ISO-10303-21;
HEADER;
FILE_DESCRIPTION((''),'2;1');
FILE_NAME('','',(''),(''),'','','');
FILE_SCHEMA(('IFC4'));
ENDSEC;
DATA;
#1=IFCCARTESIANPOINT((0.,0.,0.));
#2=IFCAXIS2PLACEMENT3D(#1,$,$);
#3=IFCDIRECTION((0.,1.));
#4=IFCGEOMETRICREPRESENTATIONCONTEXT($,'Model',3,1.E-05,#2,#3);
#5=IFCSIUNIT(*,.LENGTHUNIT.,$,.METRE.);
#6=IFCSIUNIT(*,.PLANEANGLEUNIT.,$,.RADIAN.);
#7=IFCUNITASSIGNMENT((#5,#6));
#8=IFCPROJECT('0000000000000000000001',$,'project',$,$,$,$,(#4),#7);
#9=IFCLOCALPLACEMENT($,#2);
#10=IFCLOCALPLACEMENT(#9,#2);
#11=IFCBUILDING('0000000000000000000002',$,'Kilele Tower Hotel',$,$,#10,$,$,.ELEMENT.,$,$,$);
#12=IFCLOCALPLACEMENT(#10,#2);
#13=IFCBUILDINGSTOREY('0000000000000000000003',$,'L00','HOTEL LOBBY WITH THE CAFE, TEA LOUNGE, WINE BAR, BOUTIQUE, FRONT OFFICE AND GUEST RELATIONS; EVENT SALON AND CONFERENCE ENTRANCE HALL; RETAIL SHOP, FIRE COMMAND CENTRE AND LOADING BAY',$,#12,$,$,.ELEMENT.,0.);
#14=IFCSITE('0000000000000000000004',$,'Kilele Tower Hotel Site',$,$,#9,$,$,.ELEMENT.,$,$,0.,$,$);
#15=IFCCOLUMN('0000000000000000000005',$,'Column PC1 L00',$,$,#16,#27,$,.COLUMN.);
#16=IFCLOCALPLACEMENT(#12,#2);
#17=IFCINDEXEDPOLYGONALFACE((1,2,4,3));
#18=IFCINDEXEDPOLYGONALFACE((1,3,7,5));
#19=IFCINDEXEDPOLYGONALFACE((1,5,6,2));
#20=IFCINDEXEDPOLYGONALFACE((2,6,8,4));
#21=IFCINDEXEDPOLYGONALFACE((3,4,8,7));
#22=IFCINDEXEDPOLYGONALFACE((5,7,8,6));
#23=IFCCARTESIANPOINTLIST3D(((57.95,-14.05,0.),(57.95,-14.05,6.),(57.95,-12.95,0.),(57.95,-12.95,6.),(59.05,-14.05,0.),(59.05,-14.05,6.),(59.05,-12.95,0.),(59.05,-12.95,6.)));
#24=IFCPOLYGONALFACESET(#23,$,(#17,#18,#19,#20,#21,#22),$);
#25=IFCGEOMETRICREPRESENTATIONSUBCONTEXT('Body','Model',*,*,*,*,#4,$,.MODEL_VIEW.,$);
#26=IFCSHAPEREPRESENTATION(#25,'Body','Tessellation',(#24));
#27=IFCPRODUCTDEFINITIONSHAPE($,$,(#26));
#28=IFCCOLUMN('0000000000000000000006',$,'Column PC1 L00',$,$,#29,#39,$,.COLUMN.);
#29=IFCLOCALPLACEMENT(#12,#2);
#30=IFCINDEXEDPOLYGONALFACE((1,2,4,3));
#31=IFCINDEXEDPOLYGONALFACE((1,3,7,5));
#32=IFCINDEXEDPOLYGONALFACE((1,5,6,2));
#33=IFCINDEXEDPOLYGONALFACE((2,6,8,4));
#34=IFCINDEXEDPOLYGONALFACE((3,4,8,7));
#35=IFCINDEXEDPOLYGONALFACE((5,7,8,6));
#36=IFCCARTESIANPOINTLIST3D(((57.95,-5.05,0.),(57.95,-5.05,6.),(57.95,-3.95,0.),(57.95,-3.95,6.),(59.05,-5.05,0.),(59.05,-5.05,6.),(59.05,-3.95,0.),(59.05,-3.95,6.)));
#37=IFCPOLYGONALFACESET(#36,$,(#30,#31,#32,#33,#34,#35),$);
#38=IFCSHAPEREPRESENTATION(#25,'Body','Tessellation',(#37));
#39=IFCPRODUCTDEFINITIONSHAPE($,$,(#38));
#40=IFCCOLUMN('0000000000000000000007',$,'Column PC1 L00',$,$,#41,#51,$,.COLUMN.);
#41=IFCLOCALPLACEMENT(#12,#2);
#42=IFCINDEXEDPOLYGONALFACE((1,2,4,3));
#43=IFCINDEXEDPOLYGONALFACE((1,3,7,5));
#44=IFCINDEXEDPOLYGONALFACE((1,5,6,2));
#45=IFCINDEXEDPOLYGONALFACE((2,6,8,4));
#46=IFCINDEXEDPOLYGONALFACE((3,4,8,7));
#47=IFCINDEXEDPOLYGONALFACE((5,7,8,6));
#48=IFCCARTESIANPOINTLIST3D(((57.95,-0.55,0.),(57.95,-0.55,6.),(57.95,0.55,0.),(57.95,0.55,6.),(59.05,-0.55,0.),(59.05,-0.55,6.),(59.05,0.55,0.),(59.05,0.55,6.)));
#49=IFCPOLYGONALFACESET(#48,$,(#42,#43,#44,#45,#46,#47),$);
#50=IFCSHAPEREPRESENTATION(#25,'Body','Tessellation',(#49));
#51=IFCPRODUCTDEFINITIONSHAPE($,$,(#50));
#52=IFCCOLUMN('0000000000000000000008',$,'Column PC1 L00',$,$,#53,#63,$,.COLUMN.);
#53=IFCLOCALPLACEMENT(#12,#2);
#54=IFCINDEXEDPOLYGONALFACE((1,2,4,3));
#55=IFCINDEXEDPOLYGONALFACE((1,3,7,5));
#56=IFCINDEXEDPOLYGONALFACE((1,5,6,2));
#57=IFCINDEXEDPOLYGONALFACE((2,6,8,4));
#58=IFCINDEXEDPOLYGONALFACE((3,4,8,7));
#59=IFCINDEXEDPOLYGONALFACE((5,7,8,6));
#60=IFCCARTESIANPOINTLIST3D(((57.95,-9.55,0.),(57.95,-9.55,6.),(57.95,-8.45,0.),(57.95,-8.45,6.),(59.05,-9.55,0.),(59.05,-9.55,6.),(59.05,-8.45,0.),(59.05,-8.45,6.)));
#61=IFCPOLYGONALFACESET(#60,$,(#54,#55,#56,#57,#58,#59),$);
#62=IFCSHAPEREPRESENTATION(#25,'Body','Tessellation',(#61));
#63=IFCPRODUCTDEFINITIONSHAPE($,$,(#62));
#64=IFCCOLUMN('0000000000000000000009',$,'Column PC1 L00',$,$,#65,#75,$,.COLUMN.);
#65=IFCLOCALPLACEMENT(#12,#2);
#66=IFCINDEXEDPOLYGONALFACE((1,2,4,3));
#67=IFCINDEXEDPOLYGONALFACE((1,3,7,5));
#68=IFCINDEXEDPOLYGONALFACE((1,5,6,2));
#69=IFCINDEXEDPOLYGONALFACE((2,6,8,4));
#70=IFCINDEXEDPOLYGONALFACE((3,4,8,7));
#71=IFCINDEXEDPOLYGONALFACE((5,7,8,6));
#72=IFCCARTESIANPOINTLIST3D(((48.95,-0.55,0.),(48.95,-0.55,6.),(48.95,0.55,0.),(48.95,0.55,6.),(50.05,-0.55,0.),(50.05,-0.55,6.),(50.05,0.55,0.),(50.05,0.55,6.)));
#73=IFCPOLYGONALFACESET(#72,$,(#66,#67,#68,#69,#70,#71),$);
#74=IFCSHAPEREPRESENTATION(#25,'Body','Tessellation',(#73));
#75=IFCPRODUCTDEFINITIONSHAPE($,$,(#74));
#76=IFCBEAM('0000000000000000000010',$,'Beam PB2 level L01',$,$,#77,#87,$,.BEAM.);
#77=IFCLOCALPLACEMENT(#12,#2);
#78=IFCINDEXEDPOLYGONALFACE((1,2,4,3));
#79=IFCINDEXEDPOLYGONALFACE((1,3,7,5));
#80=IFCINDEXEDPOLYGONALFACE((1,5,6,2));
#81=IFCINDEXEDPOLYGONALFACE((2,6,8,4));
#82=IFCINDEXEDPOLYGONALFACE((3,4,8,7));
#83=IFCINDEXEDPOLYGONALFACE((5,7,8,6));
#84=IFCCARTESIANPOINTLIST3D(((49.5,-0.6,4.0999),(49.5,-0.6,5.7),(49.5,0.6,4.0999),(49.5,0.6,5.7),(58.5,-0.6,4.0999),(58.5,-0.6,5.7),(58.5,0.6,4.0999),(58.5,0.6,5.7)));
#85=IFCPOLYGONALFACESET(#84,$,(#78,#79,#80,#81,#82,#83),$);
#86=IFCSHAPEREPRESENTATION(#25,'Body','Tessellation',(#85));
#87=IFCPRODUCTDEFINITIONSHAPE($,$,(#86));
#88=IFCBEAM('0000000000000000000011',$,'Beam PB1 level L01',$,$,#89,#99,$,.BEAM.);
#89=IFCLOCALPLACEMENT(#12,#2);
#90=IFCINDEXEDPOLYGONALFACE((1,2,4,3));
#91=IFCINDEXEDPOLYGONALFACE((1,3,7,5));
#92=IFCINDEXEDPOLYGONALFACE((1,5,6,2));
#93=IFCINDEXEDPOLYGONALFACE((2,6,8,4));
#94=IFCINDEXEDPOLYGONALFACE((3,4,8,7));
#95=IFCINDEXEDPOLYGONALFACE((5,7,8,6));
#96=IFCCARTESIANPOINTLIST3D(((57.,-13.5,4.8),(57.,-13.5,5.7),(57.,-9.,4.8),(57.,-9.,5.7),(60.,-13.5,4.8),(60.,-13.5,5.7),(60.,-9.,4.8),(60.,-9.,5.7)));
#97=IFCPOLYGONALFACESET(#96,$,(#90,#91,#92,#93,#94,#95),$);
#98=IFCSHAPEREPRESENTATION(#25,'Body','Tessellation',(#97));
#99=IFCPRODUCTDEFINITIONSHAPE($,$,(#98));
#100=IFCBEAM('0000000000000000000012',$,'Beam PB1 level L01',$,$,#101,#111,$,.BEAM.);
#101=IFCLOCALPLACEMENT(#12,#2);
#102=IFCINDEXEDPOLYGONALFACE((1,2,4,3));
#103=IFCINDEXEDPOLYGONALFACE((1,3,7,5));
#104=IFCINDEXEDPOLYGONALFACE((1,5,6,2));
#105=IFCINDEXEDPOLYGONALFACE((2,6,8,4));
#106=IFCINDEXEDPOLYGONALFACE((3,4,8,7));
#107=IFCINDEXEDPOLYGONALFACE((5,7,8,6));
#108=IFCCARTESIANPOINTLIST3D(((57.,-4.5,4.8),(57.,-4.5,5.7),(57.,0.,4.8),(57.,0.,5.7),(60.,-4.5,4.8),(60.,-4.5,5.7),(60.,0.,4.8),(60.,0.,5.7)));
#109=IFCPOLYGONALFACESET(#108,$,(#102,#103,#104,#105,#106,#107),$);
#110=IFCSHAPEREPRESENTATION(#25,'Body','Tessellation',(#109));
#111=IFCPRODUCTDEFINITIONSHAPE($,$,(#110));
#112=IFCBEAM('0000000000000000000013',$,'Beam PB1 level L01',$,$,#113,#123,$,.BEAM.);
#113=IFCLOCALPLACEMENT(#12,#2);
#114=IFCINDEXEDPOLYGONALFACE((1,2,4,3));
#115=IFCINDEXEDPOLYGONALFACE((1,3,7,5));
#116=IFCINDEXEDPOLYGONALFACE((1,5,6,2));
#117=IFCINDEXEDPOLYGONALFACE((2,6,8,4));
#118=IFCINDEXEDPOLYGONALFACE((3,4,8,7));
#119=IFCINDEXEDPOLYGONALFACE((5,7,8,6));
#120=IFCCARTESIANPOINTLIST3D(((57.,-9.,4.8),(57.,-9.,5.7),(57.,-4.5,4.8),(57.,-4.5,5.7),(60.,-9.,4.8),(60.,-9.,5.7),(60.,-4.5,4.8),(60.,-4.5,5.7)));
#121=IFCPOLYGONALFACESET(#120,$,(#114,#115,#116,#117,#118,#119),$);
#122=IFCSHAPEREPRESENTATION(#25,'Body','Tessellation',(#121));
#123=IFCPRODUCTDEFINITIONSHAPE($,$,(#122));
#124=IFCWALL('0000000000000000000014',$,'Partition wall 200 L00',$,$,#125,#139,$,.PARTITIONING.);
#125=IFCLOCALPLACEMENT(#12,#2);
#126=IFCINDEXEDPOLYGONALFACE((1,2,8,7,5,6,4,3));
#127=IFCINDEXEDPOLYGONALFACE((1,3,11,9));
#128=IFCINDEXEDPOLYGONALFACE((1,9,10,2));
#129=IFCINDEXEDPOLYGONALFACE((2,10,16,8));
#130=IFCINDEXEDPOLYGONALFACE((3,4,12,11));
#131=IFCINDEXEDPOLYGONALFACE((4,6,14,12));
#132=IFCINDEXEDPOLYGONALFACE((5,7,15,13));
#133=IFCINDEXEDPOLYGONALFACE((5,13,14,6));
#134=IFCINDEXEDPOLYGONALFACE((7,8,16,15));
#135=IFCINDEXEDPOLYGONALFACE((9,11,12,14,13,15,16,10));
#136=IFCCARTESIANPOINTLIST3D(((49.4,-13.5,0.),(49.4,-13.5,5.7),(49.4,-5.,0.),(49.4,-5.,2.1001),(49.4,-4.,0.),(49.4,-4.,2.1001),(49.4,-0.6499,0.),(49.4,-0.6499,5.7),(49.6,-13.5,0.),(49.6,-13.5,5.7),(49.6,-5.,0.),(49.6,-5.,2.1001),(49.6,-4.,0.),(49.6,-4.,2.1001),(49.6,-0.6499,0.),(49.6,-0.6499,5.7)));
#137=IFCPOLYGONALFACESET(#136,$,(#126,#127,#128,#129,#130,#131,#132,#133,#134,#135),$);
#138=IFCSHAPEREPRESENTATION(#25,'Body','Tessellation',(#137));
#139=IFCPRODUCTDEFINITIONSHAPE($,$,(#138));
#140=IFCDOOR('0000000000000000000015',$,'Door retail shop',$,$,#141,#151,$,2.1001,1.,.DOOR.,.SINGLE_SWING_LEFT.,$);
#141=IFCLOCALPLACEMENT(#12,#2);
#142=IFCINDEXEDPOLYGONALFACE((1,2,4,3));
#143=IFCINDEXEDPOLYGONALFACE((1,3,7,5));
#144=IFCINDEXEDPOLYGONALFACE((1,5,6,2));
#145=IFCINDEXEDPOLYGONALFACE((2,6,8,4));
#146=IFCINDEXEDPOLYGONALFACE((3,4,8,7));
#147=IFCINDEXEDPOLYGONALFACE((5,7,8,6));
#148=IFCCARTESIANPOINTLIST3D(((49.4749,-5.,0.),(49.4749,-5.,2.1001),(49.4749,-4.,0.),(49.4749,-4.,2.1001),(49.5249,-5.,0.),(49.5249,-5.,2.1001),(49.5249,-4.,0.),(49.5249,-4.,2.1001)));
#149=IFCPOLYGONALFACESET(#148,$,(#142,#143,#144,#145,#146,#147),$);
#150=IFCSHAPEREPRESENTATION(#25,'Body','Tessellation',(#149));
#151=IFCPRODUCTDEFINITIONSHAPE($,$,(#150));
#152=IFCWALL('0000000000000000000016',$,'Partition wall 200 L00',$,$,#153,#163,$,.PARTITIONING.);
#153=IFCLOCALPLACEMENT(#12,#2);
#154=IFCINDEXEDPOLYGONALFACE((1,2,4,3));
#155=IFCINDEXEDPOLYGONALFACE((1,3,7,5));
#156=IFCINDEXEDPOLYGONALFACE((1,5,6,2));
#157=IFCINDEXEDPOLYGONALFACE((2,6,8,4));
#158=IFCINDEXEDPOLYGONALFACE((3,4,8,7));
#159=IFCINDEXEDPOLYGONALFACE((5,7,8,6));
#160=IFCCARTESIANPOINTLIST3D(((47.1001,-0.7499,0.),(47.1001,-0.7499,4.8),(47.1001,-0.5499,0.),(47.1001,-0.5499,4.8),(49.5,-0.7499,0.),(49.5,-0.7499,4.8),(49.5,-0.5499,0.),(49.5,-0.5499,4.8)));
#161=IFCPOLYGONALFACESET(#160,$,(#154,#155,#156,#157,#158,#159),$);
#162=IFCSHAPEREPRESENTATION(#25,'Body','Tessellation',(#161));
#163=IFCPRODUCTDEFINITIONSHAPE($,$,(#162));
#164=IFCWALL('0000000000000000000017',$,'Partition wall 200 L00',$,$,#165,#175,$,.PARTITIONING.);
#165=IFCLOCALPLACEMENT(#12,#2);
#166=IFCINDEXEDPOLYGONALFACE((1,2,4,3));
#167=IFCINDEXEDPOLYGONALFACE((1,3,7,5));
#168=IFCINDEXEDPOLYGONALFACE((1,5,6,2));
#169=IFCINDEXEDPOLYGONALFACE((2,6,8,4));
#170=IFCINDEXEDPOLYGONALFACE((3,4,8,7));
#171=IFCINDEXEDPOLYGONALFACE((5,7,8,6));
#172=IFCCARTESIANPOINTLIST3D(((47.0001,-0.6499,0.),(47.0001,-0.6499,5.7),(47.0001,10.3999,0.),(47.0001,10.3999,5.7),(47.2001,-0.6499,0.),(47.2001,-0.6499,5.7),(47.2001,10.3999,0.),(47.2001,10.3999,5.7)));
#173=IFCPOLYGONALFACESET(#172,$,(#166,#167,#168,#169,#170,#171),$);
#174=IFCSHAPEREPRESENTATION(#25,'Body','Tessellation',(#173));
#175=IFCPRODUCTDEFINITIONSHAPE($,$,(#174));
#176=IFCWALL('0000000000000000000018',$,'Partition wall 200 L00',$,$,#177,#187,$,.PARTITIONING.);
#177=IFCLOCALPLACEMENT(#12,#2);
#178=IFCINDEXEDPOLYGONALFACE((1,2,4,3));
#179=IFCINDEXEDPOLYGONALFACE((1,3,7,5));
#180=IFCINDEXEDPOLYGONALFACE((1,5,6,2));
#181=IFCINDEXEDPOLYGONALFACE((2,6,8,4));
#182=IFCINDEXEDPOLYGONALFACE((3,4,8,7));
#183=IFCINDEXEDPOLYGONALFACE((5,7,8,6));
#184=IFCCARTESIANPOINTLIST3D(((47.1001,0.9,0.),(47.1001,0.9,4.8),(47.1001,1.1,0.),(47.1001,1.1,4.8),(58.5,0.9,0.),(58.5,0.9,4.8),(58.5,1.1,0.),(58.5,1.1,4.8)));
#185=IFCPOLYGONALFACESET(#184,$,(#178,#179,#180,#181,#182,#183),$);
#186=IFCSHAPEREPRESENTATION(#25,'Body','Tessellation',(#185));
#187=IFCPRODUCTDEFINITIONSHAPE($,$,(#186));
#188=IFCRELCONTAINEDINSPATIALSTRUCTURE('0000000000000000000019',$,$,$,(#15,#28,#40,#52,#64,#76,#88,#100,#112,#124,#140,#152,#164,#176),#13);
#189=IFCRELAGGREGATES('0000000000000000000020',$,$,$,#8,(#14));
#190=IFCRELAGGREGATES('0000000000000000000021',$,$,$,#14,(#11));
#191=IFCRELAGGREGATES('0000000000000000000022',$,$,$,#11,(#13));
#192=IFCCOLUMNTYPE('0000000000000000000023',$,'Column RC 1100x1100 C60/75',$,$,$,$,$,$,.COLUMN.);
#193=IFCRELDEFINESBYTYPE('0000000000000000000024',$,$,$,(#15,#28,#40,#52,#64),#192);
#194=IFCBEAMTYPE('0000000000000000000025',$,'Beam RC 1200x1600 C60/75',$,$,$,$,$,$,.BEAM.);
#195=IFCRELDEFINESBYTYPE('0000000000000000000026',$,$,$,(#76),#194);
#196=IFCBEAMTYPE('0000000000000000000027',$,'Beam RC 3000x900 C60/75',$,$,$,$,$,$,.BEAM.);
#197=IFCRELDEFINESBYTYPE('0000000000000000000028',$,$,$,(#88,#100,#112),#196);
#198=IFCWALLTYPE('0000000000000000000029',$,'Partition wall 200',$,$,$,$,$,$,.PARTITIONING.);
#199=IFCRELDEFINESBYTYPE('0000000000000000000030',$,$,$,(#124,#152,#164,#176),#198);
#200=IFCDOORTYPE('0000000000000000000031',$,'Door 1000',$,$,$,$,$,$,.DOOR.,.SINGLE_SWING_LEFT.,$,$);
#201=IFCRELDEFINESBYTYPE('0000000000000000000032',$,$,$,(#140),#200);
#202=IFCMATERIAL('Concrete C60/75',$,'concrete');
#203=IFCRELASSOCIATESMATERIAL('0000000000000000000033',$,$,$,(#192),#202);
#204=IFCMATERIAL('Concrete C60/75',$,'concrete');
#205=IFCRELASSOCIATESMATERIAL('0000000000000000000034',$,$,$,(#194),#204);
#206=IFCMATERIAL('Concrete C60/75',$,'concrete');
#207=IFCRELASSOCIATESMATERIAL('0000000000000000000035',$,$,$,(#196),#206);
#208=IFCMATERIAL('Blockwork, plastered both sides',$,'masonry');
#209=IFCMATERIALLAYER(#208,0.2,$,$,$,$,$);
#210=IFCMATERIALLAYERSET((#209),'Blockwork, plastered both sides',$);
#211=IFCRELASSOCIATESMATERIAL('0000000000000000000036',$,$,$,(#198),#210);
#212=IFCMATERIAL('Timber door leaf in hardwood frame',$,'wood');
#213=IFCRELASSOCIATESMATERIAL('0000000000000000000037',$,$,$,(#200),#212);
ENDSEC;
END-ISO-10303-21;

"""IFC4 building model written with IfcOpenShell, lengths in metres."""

from ifc_helpers import new_model, si_unit, direction, frame, frame_2d, origin, origin_2d, place, context, subcontext, project, spatial, rectangle, extrude, material, layer, layer_set, material_profile, profile_set, type_object, element, fill, save


model = new_model("IFC4")

# Units and contexts
model_context = context("Model", 3, precision=1e-05, world=origin(), true_north=direction((0.0, 1.0)))
body_context = subcontext(model_context, "Body", "Model", "MODEL_VIEW")
ifc_project = project(units=[si_unit("LENGTHUNIT", "METRE"), si_unit("PLANEANGLEUNIT", "RADIAN")], contexts=[model_context])

# Site, building, storey
site_placement = place(None, origin())
site = spatial("IfcSite", under=ifc_project, at=site_placement, Name="Kilele Tower Hotel Site", CompositionType="ELEMENT", RefElevation=0.0)
building_placement = place(site_placement, origin())
building = spatial("IfcBuilding", under=site, at=building_placement, Name="Kilele Tower Hotel", CompositionType="ELEMENT")
storey_placement = place(building_placement, origin())
storey = spatial("IfcBuildingStorey", under=building, at=storey_placement, Name="L00", Description="HOTEL LOBBY WITH THE CAFE, TEA LOUNGE, WINE BAR, BOUTIQUE, FRONT OFFICE AND GUEST RELATIONS; EVENT SALON AND CONFERENCE ENTRANCE HALL; RETAIL SHOP, FIRE COMMAND CENTRE AND LOADING BAY", CompositionType="ELEMENT", Elevation=0.0)

# Columns
ifc_material_1 = material(Name="Concrete C60/75", Category="concrete")
ifc_material_profile_1 = material_profile(ifc_material_1, rectangle(XDim=1.1001, YDim=1.1001, at=origin_2d()))
ifc_profile_set_1 = profile_set([ifc_material_profile_1], Name="Concrete C60/75")
column_type = type_object("IfcColumnType", Name="Column RC 1100x1100 C60/75", PredefinedType="COLUMN", material=ifc_profile_set_1)
for number, where, z_axis, x_axis, name in (
    (1, (58.5, -13.5, 0.0), (0.0, 0.0, 1.0), (1.0, 0.0, 0.0), "Column PC1 L00"),
    (2, (58.5, -4.5, 0.0), (0.0, 0.0, 1.0), (1.0, 0.0, 0.0), "Column PC1 L00"),
    (3, (58.5, 0.0, 0.0), (0.0, 0.0, 1.0), (1.0, 0.0, 0.0), "Column PC1 L00"),
    (4, (58.5, -9.0, 0.0), (0.0, 0.0, 1.0), (1.0, 0.0, 0.0), "Column PC1 L00"),
    (5, (49.5, 0.0, 0.0), (0.0, 0.0, 1.0), (1.0, 0.0, 0.0), "Column PC1 L00"),
):
    element("IfcColumn", number, at=place(storey_placement, frame(where, z_axis=z_axis, x_axis=x_axis)), inside=storey, type_object=column_type, Name=name, PredefinedType="COLUMN", context=body_context, shape_type="SweptSolid", body=[
        extrude(rectangle(XDim=1.1001, YDim=1.1001, at=origin_2d()), origin(), (0.0, 0.0, 1.0), 6.0),
    ])

# Beams
ifc_material_2 = material(Name="Concrete C60/75", Category="concrete")
ifc_material_profile_2 = material_profile(ifc_material_2, rectangle(XDim=1.2, YDim=1.6001, at=origin_2d()))
ifc_profile_set_2 = profile_set([ifc_material_profile_2], Name="Concrete C60/75")
beam_type_1 = type_object("IfcBeamType", Name="Beam RC 1200x1600 C60/75", PredefinedType="BEAM", material=ifc_profile_set_2)
beam_placement = place(storey_placement, frame((49.5, 0.0, 4.8999), z_axis=(1.0, 0.0, 0.0), x_axis=(0.0, 1.0, 0.0)))
element("IfcBeam", 6, at=beam_placement, inside=storey, type_object=beam_type_1, Name="Beam PB2 level L01", PredefinedType="BEAM", context=body_context, shape_type="SweptSolid", body=[
    extrude(rectangle(XDim=1.2, YDim=1.6001, at=origin_2d()), origin(), (0.0, 0.0, 1.0), 9.0),
])
ifc_material_3 = material(Name="Concrete C60/75", Category="concrete")
ifc_material_profile_3 = material_profile(ifc_material_3, rectangle(XDim=3.0, YDim=0.8999, at=origin_2d()))
ifc_profile_set_3 = profile_set([ifc_material_profile_3], Name="Concrete C60/75")
beam_type_2 = type_object("IfcBeamType", Name="Beam RC 3000x900 C60/75", PredefinedType="BEAM", material=ifc_profile_set_3)
for number, where, z_axis, x_axis, name in (
    (7, (58.5, -13.5, 5.25), (0.0, 1.0, 0.0), (-1.0, 0.0, 0.0), "Beam PB1 level L01"),
    (8, (58.5, -4.5, 5.25), (0.0, 1.0, 0.0), (-1.0, 0.0, 0.0), "Beam PB1 level L01"),
    (9, (58.5, -9.0, 5.25), (0.0, 1.0, 0.0), (-1.0, 0.0, 0.0), "Beam PB1 level L01"),
):
    element("IfcBeam", number, at=place(storey_placement, frame(where, z_axis=z_axis, x_axis=x_axis)), inside=storey, type_object=beam_type_2, Name=name, PredefinedType="BEAM", context=body_context, shape_type="SweptSolid", body=[
        extrude(rectangle(XDim=3.0, YDim=0.8999, at=origin_2d()), origin(), (0.0, 0.0, 1.0), 4.5),
    ])

# Wall, opening, door
ifc_material_4 = material(Name="Blockwork, plastered both sides", Category="masonry")
ifc_layer_1 = layer(ifc_material_4, 0.2)
ifc_layer_set_1 = layer_set([ifc_layer_1], Name="Blockwork, plastered both sides")
wall_type_1 = type_object("IfcWallType", Name="Partition wall 200", PredefinedType="PARTITIONING", material=ifc_layer_set_1)
wall_1_placement = place(storey_placement, frame((49.5, -13.5, 0.0), z_axis=(0.0, 0.0, 1.0), x_axis=(0.0, 1.0, 0.0)))
wall_1 = element("IfcWall", 10, at=wall_1_placement, inside=storey, type_object=wall_type_1, Name="Partition wall 200 L00", PredefinedType="PARTITIONING", context=body_context, shape_type="SweptSolid", body=[
    extrude(rectangle(XDim=12.8501, YDim=0.2, at=frame_2d((6.425, 0.0))), origin(), (0.0, 0.0, 1.0), 5.7),
])
opening_1_placement = place(wall_1_placement, frame((9.5, 0.0, 0.0), z_axis=(0.0, 0.0, 1.0), x_axis=(-1.0, 0.0, 0.0)))
opening_1 = element("IfcOpeningElement", 11, at=opening_1_placement, cuts=wall_1, PredefinedType="OPENING", context=body_context, shape_type="SweptSolid", body=[
    extrude(rectangle(XDim=1.0, YDim=2.1001, at=frame_2d((0.5, 1.05))), frame((0.0, 0.1099, 0.0), z_axis=(0.0, -1.0, 0.0), x_axis=(1.0, 0.0, 0.0)), (0.0, 0.0, 1.0), 0.22),
])
ifc_material_5 = material(Name="Timber door leaf in hardwood frame", Category="wood")
door_type_1 = type_object("IfcDoorType", Name="Door 1000", OperationType="SINGLE_SWING_LEFT", PredefinedType="DOOR", material=ifc_material_5)
door_1_placement = place(opening_1_placement, origin())
door_1 = element("IfcDoor", 12, at=door_1_placement, inside=storey, type_object=door_type_1, Name="Door retail shop", OperationType="SINGLE_SWING_LEFT", OverallHeight=2.1001, OverallWidth=1.0, PredefinedType="DOOR", context=body_context, shape_type="SweptSolid", body=[
    extrude(rectangle(XDim=1.0, YDim=2.1001, at=frame_2d((0.5, 1.05))), frame((0.0, 0.0249, 0.0), z_axis=(0.0, -1.0, 0.0), x_axis=(1.0, 0.0, 0.0)), (0.0, 0.0, 1.0), 0.05),
])
fill(opening_1, door_1)

# Walls
wall_2_placement = place(storey_placement, frame((47.1001, -0.6499, 0.0), z_axis=(0.0, 0.0, 1.0), x_axis=(1.0, 0.0, 0.0)))
element("IfcWall", 13, at=wall_2_placement, inside=storey, type_object=wall_type_1, Name="Partition wall 200 L00", PredefinedType="PARTITIONING", context=body_context, shape_type="SweptSolid", body=[
    extrude(rectangle(XDim=2.3999, YDim=0.2, at=frame_2d((1.2, 0.0))), origin(), (0.0, 0.0, 1.0), 4.8),
])
wall_3_placement = place(storey_placement, frame((47.1001, -0.6499, 0.0), z_axis=(0.0, 0.0, 1.0), x_axis=(0.0, 1.0, 0.0)))
element("IfcWall", 14, at=wall_3_placement, inside=storey, type_object=wall_type_1, Name="Partition wall 200 L00", PredefinedType="PARTITIONING", context=body_context, shape_type="SweptSolid", body=[
    extrude(rectangle(XDim=11.0498, YDim=0.2, at=frame_2d((5.5249, 0.0))), origin(), (0.0, 0.0, 1.0), 5.7),
])
wall_4_placement = place(storey_placement, frame((47.1001, 1.0, 0.0), z_axis=(0.0, 0.0, 1.0), x_axis=(1.0, 0.0, 0.0)))
element("IfcWall", 15, at=wall_4_placement, inside=storey, type_object=wall_type_1, Name="Partition wall 200 L00", PredefinedType="PARTITIONING", context=body_context, shape_type="SweptSolid", body=[
    extrude(rectangle(XDim=11.3999, YDim=0.2, at=frame_2d((5.7, 0.0))), origin(), (0.0, 0.0, 1.0), 4.8),
])

save(model, "model.ifc")
